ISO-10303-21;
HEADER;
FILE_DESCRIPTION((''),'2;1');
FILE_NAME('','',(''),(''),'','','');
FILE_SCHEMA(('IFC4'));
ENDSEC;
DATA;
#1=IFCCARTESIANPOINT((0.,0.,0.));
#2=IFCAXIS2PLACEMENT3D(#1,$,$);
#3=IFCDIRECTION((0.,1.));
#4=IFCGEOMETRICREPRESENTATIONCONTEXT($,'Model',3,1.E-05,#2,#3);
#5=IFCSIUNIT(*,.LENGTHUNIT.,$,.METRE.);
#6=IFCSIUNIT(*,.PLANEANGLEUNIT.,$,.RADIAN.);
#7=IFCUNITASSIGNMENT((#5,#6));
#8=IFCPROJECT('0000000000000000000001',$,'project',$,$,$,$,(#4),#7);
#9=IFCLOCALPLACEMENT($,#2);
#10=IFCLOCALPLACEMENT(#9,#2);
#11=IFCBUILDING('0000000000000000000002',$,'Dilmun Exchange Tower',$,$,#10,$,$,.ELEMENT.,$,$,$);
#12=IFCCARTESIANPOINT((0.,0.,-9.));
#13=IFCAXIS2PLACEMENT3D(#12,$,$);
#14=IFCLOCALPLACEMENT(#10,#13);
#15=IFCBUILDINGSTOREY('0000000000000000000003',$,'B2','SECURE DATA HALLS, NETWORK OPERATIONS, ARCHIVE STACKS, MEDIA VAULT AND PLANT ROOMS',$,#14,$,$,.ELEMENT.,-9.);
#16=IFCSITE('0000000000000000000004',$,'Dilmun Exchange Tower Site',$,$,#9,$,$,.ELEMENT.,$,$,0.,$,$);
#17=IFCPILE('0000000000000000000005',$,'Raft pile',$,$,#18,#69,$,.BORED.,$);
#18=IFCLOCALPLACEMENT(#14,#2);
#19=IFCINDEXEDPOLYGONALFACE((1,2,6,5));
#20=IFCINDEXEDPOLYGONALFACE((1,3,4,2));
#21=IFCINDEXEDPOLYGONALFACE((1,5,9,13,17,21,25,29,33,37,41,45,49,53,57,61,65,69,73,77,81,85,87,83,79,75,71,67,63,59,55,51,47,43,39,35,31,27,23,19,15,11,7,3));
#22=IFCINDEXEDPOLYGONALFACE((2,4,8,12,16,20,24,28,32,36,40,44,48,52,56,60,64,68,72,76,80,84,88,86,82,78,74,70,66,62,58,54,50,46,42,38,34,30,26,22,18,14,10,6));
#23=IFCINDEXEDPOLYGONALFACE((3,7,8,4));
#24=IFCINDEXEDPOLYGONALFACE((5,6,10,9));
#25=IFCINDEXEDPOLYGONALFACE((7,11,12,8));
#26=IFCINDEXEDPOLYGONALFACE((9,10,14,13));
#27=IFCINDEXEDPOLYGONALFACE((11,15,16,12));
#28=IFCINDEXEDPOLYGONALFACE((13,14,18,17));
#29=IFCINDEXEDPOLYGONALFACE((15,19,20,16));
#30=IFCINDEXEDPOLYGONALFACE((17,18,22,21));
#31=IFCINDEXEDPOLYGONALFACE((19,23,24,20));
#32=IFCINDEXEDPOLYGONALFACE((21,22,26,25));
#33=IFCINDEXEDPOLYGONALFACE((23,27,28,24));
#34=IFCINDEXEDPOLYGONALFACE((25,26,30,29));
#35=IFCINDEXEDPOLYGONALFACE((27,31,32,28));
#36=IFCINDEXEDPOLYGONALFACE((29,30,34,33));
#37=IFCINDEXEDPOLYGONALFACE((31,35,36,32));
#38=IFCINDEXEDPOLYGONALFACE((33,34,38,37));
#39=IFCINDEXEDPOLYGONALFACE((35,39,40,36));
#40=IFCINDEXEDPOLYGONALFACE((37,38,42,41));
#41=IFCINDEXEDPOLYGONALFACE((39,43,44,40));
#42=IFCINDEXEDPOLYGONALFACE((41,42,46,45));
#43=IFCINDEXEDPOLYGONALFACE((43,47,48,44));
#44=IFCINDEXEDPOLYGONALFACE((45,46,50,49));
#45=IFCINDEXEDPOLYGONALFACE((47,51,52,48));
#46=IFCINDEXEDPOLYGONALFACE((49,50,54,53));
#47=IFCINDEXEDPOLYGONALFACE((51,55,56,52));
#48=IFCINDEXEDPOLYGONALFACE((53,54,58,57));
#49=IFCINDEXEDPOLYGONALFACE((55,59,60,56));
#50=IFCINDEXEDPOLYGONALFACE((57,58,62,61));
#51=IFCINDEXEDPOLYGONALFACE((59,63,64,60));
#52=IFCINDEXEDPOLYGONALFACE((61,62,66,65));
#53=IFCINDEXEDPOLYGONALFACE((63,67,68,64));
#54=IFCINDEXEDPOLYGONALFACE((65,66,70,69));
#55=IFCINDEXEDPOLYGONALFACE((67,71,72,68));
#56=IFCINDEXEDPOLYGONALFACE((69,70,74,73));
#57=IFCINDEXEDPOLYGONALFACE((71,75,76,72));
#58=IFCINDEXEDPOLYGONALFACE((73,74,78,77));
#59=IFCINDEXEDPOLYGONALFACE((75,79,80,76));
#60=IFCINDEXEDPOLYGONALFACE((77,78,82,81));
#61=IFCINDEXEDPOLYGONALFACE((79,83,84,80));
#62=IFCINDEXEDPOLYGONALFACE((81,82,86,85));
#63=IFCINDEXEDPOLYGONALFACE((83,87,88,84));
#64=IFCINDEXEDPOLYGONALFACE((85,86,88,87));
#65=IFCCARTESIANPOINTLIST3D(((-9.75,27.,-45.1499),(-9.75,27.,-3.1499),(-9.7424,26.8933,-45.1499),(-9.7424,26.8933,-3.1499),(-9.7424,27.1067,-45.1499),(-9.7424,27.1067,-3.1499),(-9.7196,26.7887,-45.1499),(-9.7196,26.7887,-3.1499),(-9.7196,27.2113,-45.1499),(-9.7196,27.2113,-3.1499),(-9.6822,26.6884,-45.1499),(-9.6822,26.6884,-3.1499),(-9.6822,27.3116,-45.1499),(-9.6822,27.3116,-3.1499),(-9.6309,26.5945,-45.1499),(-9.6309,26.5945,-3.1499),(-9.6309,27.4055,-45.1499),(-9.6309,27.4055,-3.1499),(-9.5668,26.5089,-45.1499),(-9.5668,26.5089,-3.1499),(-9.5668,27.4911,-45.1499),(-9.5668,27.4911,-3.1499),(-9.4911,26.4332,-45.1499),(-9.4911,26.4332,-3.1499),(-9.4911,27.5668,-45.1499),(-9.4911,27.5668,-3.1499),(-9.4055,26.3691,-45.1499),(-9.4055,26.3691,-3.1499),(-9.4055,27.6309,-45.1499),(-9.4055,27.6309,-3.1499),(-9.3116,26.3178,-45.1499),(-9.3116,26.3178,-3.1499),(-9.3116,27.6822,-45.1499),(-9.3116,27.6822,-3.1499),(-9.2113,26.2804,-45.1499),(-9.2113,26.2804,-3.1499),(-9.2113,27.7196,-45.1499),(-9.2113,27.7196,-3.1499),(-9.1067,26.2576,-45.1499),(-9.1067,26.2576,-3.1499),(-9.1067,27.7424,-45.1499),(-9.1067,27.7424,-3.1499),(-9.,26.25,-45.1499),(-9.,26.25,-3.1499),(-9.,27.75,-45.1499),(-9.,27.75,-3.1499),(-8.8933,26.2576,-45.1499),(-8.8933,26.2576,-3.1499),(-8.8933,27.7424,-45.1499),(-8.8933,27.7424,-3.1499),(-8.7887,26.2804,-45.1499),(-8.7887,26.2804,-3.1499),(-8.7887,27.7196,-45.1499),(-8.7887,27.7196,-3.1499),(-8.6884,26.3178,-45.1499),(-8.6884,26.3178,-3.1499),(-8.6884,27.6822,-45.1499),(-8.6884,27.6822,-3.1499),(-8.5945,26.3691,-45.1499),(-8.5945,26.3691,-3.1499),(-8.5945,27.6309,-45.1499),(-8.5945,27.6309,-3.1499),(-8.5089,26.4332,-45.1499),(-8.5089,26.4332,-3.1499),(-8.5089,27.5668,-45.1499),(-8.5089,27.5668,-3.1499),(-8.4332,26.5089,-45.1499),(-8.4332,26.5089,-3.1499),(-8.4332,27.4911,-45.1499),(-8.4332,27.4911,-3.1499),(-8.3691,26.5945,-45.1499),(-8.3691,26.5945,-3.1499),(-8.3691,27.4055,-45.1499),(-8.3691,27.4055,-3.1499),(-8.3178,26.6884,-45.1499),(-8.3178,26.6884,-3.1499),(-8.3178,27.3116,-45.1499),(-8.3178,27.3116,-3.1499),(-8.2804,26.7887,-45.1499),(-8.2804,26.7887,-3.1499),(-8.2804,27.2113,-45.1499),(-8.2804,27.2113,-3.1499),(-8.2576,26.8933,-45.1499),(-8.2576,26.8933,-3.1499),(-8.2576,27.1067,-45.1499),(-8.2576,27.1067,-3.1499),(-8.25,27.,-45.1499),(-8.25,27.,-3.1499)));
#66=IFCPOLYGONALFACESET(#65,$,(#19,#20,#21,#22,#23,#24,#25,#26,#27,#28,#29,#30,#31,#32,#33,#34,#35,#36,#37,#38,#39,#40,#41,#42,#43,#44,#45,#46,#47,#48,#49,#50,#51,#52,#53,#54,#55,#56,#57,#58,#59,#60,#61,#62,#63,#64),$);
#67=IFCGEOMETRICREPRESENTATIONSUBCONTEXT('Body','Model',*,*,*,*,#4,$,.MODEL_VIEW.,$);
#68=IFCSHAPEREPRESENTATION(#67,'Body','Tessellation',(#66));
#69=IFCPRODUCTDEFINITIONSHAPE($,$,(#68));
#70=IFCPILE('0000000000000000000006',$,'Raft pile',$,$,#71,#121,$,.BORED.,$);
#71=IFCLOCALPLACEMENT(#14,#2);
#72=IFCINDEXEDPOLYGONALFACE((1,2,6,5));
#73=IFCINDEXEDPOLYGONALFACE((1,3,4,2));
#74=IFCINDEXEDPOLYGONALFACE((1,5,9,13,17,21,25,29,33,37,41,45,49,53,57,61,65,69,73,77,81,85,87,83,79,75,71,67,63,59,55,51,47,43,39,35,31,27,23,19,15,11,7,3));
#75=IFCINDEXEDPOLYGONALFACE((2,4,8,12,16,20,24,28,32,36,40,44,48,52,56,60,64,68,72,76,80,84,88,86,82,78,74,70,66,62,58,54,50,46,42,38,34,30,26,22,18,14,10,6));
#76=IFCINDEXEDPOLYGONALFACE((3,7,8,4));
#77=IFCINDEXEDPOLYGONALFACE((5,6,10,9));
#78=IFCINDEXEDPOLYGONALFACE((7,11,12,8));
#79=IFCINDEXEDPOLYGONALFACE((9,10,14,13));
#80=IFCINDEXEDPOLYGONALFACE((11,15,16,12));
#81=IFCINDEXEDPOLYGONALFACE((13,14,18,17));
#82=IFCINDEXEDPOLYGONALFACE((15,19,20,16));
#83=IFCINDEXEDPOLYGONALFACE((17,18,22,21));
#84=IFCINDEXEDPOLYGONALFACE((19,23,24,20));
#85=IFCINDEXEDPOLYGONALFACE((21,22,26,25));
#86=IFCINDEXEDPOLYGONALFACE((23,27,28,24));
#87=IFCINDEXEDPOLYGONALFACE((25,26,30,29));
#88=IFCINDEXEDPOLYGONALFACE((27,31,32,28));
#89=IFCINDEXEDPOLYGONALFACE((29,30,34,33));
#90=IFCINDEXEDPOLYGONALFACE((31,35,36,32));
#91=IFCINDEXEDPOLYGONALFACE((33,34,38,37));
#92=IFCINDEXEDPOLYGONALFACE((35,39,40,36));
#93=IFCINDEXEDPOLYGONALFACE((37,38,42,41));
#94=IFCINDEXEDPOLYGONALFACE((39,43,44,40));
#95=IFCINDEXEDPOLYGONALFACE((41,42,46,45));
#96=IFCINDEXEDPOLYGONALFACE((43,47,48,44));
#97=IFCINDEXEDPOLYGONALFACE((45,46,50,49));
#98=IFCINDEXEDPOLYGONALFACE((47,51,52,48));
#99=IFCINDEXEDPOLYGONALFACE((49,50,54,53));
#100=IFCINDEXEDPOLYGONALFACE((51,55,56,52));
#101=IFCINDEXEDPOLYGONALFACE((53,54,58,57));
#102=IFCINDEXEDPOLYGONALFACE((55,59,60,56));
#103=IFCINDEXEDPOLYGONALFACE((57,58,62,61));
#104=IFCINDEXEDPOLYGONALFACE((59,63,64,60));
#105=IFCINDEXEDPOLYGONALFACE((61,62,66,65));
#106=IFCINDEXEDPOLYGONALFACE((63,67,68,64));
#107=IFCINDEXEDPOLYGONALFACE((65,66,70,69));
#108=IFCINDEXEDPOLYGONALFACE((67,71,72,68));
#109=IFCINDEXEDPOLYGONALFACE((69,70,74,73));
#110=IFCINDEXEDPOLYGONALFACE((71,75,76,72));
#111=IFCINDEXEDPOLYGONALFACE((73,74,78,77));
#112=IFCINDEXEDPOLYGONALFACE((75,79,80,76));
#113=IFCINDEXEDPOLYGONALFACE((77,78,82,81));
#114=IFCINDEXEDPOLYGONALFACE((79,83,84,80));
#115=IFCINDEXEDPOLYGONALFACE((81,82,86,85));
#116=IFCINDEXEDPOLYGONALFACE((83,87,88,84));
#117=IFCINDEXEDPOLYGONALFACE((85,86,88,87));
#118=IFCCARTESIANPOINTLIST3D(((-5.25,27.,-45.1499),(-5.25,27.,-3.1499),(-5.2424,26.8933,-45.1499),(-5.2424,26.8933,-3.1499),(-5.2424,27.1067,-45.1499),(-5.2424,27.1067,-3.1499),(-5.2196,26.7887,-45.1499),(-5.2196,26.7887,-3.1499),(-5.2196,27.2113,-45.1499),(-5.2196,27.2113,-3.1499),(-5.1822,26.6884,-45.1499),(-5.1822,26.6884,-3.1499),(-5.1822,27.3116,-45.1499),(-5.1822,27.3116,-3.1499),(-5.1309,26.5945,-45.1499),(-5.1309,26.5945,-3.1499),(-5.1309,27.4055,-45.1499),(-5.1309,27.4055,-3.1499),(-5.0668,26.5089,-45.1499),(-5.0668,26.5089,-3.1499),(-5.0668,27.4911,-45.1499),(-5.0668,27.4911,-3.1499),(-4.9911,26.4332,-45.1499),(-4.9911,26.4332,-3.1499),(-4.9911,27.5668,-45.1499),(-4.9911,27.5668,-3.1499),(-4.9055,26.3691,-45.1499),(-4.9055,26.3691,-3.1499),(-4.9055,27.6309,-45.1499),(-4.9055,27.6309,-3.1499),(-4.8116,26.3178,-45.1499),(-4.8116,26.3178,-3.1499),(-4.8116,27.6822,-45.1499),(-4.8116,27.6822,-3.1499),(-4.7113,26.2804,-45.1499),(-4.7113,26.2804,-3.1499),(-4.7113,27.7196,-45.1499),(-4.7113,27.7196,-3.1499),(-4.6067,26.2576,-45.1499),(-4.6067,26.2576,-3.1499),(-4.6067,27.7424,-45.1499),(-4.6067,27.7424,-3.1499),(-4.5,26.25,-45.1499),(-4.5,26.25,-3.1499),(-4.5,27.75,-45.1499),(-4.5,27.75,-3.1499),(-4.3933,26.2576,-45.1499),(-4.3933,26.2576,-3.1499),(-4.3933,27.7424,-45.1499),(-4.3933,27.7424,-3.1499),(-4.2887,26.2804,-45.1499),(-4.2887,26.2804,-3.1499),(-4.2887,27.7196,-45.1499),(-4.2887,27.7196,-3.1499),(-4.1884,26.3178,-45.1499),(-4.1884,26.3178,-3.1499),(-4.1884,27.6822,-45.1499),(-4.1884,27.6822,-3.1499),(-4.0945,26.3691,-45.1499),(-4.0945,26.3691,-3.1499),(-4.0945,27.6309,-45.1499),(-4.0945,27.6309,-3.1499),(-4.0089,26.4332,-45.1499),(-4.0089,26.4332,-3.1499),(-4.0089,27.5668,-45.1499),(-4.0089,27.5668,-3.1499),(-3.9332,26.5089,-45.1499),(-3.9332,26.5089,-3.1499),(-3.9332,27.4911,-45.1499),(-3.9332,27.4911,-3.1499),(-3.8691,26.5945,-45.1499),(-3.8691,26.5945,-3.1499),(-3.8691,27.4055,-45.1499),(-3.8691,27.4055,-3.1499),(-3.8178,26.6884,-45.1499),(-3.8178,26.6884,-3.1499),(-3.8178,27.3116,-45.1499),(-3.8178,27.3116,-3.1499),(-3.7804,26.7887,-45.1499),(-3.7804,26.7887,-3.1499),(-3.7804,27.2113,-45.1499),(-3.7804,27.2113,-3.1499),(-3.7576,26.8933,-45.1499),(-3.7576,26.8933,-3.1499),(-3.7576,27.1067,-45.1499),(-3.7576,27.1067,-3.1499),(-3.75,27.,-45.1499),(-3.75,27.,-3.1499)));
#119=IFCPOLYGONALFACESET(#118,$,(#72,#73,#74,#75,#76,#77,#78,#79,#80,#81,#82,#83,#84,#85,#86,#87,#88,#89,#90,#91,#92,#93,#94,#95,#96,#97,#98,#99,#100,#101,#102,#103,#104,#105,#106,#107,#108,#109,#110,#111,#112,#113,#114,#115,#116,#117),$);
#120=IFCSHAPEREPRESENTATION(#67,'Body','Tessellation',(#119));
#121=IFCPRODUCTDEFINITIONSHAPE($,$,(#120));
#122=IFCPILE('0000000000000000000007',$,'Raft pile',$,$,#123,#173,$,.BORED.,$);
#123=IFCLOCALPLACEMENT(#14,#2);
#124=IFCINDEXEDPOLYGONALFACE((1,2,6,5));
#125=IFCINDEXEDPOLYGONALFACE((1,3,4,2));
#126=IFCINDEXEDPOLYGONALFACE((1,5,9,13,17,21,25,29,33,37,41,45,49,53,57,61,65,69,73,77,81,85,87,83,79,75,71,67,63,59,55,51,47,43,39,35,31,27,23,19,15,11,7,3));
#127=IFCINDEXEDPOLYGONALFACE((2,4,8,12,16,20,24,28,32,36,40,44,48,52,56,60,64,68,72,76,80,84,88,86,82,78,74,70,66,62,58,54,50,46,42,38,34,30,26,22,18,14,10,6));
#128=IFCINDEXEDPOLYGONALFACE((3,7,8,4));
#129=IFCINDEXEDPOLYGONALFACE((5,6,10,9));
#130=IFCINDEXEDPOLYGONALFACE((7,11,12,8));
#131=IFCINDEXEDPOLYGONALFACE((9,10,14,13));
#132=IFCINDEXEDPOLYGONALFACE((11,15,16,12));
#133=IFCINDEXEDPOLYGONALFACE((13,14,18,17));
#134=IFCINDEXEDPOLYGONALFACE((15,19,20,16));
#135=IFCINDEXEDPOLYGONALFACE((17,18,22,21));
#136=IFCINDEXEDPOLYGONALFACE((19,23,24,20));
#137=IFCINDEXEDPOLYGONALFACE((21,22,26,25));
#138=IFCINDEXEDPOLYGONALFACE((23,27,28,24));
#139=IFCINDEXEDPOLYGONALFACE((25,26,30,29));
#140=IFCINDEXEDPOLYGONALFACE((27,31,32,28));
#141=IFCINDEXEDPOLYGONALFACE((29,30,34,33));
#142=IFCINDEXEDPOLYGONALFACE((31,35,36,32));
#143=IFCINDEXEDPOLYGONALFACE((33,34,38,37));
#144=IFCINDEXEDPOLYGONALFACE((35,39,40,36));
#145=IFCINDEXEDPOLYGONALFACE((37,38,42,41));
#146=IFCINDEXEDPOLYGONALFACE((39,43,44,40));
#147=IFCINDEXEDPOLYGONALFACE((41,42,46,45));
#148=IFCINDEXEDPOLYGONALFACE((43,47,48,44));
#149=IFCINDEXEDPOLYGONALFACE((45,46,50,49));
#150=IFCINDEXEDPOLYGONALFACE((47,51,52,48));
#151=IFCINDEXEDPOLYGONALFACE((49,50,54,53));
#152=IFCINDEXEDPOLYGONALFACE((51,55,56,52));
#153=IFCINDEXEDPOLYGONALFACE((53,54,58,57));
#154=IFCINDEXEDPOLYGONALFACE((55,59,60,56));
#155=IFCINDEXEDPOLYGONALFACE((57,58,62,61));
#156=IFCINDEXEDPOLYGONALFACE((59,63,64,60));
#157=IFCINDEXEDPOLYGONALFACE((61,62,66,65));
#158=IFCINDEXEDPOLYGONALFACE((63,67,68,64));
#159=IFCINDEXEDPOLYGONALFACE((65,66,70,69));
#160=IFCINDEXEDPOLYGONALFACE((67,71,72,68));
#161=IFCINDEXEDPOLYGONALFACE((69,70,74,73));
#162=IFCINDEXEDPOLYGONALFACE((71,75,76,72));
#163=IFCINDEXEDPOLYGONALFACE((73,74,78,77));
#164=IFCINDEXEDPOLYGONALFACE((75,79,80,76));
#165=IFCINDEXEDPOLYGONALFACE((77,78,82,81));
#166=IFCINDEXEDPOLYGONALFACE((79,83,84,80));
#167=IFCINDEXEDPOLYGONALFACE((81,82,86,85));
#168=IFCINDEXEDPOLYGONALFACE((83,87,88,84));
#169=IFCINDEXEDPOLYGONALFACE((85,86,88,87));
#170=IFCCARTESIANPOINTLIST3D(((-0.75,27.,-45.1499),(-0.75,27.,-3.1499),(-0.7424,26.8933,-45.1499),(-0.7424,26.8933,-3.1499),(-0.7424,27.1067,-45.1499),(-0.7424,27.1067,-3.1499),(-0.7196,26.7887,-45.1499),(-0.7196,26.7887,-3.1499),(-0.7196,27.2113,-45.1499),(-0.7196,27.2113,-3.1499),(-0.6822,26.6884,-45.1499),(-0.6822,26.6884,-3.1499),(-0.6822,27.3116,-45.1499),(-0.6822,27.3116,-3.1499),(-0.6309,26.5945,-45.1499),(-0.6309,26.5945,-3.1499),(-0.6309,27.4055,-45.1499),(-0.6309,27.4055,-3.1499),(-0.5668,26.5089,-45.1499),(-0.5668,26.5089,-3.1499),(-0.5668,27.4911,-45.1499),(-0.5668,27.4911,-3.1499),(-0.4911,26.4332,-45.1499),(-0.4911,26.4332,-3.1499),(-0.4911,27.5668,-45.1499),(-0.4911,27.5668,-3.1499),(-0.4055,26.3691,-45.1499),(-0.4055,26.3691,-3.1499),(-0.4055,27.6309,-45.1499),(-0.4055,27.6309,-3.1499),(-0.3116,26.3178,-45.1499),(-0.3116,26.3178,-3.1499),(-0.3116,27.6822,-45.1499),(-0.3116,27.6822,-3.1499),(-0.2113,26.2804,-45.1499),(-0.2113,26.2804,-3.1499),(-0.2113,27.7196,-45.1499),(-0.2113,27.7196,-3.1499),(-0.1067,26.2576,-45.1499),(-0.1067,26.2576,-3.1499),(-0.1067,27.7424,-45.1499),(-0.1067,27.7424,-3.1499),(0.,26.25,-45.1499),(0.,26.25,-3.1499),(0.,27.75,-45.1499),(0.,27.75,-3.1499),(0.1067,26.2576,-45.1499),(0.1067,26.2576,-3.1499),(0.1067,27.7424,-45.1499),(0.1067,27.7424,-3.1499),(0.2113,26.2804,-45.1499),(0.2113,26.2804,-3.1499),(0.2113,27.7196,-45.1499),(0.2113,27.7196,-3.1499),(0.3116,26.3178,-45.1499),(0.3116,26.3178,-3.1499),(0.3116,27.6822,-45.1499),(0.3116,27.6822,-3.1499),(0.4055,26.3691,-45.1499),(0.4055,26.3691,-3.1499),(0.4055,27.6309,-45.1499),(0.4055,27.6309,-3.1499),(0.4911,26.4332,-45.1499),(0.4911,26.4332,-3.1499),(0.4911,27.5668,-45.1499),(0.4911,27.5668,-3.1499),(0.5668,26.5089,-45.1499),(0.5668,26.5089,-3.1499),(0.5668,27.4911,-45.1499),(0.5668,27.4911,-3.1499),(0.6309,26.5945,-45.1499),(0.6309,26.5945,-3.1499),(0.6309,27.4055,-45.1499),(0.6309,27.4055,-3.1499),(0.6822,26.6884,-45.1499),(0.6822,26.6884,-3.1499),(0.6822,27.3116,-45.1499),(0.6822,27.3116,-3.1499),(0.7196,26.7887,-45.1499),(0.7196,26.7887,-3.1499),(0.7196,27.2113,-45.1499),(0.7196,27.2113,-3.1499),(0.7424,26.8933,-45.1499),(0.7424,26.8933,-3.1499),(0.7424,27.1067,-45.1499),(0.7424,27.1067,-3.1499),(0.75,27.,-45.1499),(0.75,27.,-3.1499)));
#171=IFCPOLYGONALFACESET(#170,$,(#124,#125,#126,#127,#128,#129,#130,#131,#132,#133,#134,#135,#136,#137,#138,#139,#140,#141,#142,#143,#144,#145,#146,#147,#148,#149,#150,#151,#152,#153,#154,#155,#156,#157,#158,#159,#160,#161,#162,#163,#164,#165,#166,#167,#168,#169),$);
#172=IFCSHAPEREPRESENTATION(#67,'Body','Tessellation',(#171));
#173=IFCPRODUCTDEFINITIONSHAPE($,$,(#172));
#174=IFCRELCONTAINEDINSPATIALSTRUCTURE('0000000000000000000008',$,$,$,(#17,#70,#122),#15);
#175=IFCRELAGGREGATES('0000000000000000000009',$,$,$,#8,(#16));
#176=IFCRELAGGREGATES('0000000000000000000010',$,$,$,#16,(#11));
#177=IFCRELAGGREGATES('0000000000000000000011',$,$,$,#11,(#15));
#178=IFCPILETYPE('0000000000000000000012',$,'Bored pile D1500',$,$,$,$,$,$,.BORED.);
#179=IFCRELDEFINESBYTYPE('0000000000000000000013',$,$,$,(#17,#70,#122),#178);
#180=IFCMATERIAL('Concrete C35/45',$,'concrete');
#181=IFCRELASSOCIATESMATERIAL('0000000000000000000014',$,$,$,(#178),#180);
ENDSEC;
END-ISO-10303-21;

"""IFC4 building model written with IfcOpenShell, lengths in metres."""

from ifc_helpers import new_model, si_unit, direction, frame, origin, origin_2d, place, context, subcontext, project, spatial, circle, extrude, material, material_profile, profile_set, type_object, element, save


model = new_model("IFC4")

# Units and contexts
model_context = context("Model", 3, precision=1e-05, world=origin(), true_north=direction((0.0, 1.0)))
body_context = subcontext(model_context, "Body", "Model", "MODEL_VIEW")
ifc_project = project(units=[si_unit("LENGTHUNIT", "METRE"), si_unit("PLANEANGLEUNIT", "RADIAN")], contexts=[model_context])

# Site, building, storey
site_placement = place(None, origin())
site = spatial("IfcSite", under=ifc_project, at=site_placement, Name="Dilmun Exchange Tower Site", CompositionType="ELEMENT", RefElevation=0.0)
building_placement = place(site_placement, origin())
building = spatial("IfcBuilding", under=site, at=building_placement, Name="Dilmun Exchange Tower", CompositionType="ELEMENT")
storey_placement = place(building_placement, frame((0.0, 0.0, -9.0)))
storey = spatial("IfcBuildingStorey", under=building, at=storey_placement, Name="B2", Description="SECURE DATA HALLS, NETWORK OPERATIONS, ARCHIVE STACKS, MEDIA VAULT AND PLANT ROOMS", CompositionType="ELEMENT", Elevation=-9.0)

# Piles
ifc_material_1 = material(Name="Concrete C35/45", Category="concrete")
ifc_material_profile_1 = material_profile(ifc_material_1, circle(Radius=0.75, at=origin_2d()), Name="D1500")
ifc_profile_set_1 = profile_set([ifc_material_profile_1], Name="Concrete C35/45")
pile_type = type_object("IfcPileType", Name="Bored pile D1500", PredefinedType="BORED", material=ifc_profile_set_1)
for number, where, z_axis, x_axis, name in (
    (1, (-9.0, 27.0, -3.1499), (0.0, 0.0, -1.0), (1.0, 0.0, 0.0), "Raft pile"),
    (2, (-4.5, 27.0, -3.1499), (0.0, 0.0, -1.0), (1.0, 0.0, 0.0), "Raft pile"),
    (3, (0.0, 27.0, -3.1499), (0.0, 0.0, -1.0), (1.0, 0.0, 0.0), "Raft pile"),
):
    element("IfcPile", number, at=place(storey_placement, frame(where, z_axis=z_axis, x_axis=x_axis)), inside=storey, type_object=pile_type, Name=name, PredefinedType="BORED", context=body_context, shape_type="SweptSolid", body=[
        extrude(circle(Radius=0.75, at=origin_2d()), origin(), (0.0, 0.0, 1.0), 42.0),
    ])

save(model, "model.ifc")
